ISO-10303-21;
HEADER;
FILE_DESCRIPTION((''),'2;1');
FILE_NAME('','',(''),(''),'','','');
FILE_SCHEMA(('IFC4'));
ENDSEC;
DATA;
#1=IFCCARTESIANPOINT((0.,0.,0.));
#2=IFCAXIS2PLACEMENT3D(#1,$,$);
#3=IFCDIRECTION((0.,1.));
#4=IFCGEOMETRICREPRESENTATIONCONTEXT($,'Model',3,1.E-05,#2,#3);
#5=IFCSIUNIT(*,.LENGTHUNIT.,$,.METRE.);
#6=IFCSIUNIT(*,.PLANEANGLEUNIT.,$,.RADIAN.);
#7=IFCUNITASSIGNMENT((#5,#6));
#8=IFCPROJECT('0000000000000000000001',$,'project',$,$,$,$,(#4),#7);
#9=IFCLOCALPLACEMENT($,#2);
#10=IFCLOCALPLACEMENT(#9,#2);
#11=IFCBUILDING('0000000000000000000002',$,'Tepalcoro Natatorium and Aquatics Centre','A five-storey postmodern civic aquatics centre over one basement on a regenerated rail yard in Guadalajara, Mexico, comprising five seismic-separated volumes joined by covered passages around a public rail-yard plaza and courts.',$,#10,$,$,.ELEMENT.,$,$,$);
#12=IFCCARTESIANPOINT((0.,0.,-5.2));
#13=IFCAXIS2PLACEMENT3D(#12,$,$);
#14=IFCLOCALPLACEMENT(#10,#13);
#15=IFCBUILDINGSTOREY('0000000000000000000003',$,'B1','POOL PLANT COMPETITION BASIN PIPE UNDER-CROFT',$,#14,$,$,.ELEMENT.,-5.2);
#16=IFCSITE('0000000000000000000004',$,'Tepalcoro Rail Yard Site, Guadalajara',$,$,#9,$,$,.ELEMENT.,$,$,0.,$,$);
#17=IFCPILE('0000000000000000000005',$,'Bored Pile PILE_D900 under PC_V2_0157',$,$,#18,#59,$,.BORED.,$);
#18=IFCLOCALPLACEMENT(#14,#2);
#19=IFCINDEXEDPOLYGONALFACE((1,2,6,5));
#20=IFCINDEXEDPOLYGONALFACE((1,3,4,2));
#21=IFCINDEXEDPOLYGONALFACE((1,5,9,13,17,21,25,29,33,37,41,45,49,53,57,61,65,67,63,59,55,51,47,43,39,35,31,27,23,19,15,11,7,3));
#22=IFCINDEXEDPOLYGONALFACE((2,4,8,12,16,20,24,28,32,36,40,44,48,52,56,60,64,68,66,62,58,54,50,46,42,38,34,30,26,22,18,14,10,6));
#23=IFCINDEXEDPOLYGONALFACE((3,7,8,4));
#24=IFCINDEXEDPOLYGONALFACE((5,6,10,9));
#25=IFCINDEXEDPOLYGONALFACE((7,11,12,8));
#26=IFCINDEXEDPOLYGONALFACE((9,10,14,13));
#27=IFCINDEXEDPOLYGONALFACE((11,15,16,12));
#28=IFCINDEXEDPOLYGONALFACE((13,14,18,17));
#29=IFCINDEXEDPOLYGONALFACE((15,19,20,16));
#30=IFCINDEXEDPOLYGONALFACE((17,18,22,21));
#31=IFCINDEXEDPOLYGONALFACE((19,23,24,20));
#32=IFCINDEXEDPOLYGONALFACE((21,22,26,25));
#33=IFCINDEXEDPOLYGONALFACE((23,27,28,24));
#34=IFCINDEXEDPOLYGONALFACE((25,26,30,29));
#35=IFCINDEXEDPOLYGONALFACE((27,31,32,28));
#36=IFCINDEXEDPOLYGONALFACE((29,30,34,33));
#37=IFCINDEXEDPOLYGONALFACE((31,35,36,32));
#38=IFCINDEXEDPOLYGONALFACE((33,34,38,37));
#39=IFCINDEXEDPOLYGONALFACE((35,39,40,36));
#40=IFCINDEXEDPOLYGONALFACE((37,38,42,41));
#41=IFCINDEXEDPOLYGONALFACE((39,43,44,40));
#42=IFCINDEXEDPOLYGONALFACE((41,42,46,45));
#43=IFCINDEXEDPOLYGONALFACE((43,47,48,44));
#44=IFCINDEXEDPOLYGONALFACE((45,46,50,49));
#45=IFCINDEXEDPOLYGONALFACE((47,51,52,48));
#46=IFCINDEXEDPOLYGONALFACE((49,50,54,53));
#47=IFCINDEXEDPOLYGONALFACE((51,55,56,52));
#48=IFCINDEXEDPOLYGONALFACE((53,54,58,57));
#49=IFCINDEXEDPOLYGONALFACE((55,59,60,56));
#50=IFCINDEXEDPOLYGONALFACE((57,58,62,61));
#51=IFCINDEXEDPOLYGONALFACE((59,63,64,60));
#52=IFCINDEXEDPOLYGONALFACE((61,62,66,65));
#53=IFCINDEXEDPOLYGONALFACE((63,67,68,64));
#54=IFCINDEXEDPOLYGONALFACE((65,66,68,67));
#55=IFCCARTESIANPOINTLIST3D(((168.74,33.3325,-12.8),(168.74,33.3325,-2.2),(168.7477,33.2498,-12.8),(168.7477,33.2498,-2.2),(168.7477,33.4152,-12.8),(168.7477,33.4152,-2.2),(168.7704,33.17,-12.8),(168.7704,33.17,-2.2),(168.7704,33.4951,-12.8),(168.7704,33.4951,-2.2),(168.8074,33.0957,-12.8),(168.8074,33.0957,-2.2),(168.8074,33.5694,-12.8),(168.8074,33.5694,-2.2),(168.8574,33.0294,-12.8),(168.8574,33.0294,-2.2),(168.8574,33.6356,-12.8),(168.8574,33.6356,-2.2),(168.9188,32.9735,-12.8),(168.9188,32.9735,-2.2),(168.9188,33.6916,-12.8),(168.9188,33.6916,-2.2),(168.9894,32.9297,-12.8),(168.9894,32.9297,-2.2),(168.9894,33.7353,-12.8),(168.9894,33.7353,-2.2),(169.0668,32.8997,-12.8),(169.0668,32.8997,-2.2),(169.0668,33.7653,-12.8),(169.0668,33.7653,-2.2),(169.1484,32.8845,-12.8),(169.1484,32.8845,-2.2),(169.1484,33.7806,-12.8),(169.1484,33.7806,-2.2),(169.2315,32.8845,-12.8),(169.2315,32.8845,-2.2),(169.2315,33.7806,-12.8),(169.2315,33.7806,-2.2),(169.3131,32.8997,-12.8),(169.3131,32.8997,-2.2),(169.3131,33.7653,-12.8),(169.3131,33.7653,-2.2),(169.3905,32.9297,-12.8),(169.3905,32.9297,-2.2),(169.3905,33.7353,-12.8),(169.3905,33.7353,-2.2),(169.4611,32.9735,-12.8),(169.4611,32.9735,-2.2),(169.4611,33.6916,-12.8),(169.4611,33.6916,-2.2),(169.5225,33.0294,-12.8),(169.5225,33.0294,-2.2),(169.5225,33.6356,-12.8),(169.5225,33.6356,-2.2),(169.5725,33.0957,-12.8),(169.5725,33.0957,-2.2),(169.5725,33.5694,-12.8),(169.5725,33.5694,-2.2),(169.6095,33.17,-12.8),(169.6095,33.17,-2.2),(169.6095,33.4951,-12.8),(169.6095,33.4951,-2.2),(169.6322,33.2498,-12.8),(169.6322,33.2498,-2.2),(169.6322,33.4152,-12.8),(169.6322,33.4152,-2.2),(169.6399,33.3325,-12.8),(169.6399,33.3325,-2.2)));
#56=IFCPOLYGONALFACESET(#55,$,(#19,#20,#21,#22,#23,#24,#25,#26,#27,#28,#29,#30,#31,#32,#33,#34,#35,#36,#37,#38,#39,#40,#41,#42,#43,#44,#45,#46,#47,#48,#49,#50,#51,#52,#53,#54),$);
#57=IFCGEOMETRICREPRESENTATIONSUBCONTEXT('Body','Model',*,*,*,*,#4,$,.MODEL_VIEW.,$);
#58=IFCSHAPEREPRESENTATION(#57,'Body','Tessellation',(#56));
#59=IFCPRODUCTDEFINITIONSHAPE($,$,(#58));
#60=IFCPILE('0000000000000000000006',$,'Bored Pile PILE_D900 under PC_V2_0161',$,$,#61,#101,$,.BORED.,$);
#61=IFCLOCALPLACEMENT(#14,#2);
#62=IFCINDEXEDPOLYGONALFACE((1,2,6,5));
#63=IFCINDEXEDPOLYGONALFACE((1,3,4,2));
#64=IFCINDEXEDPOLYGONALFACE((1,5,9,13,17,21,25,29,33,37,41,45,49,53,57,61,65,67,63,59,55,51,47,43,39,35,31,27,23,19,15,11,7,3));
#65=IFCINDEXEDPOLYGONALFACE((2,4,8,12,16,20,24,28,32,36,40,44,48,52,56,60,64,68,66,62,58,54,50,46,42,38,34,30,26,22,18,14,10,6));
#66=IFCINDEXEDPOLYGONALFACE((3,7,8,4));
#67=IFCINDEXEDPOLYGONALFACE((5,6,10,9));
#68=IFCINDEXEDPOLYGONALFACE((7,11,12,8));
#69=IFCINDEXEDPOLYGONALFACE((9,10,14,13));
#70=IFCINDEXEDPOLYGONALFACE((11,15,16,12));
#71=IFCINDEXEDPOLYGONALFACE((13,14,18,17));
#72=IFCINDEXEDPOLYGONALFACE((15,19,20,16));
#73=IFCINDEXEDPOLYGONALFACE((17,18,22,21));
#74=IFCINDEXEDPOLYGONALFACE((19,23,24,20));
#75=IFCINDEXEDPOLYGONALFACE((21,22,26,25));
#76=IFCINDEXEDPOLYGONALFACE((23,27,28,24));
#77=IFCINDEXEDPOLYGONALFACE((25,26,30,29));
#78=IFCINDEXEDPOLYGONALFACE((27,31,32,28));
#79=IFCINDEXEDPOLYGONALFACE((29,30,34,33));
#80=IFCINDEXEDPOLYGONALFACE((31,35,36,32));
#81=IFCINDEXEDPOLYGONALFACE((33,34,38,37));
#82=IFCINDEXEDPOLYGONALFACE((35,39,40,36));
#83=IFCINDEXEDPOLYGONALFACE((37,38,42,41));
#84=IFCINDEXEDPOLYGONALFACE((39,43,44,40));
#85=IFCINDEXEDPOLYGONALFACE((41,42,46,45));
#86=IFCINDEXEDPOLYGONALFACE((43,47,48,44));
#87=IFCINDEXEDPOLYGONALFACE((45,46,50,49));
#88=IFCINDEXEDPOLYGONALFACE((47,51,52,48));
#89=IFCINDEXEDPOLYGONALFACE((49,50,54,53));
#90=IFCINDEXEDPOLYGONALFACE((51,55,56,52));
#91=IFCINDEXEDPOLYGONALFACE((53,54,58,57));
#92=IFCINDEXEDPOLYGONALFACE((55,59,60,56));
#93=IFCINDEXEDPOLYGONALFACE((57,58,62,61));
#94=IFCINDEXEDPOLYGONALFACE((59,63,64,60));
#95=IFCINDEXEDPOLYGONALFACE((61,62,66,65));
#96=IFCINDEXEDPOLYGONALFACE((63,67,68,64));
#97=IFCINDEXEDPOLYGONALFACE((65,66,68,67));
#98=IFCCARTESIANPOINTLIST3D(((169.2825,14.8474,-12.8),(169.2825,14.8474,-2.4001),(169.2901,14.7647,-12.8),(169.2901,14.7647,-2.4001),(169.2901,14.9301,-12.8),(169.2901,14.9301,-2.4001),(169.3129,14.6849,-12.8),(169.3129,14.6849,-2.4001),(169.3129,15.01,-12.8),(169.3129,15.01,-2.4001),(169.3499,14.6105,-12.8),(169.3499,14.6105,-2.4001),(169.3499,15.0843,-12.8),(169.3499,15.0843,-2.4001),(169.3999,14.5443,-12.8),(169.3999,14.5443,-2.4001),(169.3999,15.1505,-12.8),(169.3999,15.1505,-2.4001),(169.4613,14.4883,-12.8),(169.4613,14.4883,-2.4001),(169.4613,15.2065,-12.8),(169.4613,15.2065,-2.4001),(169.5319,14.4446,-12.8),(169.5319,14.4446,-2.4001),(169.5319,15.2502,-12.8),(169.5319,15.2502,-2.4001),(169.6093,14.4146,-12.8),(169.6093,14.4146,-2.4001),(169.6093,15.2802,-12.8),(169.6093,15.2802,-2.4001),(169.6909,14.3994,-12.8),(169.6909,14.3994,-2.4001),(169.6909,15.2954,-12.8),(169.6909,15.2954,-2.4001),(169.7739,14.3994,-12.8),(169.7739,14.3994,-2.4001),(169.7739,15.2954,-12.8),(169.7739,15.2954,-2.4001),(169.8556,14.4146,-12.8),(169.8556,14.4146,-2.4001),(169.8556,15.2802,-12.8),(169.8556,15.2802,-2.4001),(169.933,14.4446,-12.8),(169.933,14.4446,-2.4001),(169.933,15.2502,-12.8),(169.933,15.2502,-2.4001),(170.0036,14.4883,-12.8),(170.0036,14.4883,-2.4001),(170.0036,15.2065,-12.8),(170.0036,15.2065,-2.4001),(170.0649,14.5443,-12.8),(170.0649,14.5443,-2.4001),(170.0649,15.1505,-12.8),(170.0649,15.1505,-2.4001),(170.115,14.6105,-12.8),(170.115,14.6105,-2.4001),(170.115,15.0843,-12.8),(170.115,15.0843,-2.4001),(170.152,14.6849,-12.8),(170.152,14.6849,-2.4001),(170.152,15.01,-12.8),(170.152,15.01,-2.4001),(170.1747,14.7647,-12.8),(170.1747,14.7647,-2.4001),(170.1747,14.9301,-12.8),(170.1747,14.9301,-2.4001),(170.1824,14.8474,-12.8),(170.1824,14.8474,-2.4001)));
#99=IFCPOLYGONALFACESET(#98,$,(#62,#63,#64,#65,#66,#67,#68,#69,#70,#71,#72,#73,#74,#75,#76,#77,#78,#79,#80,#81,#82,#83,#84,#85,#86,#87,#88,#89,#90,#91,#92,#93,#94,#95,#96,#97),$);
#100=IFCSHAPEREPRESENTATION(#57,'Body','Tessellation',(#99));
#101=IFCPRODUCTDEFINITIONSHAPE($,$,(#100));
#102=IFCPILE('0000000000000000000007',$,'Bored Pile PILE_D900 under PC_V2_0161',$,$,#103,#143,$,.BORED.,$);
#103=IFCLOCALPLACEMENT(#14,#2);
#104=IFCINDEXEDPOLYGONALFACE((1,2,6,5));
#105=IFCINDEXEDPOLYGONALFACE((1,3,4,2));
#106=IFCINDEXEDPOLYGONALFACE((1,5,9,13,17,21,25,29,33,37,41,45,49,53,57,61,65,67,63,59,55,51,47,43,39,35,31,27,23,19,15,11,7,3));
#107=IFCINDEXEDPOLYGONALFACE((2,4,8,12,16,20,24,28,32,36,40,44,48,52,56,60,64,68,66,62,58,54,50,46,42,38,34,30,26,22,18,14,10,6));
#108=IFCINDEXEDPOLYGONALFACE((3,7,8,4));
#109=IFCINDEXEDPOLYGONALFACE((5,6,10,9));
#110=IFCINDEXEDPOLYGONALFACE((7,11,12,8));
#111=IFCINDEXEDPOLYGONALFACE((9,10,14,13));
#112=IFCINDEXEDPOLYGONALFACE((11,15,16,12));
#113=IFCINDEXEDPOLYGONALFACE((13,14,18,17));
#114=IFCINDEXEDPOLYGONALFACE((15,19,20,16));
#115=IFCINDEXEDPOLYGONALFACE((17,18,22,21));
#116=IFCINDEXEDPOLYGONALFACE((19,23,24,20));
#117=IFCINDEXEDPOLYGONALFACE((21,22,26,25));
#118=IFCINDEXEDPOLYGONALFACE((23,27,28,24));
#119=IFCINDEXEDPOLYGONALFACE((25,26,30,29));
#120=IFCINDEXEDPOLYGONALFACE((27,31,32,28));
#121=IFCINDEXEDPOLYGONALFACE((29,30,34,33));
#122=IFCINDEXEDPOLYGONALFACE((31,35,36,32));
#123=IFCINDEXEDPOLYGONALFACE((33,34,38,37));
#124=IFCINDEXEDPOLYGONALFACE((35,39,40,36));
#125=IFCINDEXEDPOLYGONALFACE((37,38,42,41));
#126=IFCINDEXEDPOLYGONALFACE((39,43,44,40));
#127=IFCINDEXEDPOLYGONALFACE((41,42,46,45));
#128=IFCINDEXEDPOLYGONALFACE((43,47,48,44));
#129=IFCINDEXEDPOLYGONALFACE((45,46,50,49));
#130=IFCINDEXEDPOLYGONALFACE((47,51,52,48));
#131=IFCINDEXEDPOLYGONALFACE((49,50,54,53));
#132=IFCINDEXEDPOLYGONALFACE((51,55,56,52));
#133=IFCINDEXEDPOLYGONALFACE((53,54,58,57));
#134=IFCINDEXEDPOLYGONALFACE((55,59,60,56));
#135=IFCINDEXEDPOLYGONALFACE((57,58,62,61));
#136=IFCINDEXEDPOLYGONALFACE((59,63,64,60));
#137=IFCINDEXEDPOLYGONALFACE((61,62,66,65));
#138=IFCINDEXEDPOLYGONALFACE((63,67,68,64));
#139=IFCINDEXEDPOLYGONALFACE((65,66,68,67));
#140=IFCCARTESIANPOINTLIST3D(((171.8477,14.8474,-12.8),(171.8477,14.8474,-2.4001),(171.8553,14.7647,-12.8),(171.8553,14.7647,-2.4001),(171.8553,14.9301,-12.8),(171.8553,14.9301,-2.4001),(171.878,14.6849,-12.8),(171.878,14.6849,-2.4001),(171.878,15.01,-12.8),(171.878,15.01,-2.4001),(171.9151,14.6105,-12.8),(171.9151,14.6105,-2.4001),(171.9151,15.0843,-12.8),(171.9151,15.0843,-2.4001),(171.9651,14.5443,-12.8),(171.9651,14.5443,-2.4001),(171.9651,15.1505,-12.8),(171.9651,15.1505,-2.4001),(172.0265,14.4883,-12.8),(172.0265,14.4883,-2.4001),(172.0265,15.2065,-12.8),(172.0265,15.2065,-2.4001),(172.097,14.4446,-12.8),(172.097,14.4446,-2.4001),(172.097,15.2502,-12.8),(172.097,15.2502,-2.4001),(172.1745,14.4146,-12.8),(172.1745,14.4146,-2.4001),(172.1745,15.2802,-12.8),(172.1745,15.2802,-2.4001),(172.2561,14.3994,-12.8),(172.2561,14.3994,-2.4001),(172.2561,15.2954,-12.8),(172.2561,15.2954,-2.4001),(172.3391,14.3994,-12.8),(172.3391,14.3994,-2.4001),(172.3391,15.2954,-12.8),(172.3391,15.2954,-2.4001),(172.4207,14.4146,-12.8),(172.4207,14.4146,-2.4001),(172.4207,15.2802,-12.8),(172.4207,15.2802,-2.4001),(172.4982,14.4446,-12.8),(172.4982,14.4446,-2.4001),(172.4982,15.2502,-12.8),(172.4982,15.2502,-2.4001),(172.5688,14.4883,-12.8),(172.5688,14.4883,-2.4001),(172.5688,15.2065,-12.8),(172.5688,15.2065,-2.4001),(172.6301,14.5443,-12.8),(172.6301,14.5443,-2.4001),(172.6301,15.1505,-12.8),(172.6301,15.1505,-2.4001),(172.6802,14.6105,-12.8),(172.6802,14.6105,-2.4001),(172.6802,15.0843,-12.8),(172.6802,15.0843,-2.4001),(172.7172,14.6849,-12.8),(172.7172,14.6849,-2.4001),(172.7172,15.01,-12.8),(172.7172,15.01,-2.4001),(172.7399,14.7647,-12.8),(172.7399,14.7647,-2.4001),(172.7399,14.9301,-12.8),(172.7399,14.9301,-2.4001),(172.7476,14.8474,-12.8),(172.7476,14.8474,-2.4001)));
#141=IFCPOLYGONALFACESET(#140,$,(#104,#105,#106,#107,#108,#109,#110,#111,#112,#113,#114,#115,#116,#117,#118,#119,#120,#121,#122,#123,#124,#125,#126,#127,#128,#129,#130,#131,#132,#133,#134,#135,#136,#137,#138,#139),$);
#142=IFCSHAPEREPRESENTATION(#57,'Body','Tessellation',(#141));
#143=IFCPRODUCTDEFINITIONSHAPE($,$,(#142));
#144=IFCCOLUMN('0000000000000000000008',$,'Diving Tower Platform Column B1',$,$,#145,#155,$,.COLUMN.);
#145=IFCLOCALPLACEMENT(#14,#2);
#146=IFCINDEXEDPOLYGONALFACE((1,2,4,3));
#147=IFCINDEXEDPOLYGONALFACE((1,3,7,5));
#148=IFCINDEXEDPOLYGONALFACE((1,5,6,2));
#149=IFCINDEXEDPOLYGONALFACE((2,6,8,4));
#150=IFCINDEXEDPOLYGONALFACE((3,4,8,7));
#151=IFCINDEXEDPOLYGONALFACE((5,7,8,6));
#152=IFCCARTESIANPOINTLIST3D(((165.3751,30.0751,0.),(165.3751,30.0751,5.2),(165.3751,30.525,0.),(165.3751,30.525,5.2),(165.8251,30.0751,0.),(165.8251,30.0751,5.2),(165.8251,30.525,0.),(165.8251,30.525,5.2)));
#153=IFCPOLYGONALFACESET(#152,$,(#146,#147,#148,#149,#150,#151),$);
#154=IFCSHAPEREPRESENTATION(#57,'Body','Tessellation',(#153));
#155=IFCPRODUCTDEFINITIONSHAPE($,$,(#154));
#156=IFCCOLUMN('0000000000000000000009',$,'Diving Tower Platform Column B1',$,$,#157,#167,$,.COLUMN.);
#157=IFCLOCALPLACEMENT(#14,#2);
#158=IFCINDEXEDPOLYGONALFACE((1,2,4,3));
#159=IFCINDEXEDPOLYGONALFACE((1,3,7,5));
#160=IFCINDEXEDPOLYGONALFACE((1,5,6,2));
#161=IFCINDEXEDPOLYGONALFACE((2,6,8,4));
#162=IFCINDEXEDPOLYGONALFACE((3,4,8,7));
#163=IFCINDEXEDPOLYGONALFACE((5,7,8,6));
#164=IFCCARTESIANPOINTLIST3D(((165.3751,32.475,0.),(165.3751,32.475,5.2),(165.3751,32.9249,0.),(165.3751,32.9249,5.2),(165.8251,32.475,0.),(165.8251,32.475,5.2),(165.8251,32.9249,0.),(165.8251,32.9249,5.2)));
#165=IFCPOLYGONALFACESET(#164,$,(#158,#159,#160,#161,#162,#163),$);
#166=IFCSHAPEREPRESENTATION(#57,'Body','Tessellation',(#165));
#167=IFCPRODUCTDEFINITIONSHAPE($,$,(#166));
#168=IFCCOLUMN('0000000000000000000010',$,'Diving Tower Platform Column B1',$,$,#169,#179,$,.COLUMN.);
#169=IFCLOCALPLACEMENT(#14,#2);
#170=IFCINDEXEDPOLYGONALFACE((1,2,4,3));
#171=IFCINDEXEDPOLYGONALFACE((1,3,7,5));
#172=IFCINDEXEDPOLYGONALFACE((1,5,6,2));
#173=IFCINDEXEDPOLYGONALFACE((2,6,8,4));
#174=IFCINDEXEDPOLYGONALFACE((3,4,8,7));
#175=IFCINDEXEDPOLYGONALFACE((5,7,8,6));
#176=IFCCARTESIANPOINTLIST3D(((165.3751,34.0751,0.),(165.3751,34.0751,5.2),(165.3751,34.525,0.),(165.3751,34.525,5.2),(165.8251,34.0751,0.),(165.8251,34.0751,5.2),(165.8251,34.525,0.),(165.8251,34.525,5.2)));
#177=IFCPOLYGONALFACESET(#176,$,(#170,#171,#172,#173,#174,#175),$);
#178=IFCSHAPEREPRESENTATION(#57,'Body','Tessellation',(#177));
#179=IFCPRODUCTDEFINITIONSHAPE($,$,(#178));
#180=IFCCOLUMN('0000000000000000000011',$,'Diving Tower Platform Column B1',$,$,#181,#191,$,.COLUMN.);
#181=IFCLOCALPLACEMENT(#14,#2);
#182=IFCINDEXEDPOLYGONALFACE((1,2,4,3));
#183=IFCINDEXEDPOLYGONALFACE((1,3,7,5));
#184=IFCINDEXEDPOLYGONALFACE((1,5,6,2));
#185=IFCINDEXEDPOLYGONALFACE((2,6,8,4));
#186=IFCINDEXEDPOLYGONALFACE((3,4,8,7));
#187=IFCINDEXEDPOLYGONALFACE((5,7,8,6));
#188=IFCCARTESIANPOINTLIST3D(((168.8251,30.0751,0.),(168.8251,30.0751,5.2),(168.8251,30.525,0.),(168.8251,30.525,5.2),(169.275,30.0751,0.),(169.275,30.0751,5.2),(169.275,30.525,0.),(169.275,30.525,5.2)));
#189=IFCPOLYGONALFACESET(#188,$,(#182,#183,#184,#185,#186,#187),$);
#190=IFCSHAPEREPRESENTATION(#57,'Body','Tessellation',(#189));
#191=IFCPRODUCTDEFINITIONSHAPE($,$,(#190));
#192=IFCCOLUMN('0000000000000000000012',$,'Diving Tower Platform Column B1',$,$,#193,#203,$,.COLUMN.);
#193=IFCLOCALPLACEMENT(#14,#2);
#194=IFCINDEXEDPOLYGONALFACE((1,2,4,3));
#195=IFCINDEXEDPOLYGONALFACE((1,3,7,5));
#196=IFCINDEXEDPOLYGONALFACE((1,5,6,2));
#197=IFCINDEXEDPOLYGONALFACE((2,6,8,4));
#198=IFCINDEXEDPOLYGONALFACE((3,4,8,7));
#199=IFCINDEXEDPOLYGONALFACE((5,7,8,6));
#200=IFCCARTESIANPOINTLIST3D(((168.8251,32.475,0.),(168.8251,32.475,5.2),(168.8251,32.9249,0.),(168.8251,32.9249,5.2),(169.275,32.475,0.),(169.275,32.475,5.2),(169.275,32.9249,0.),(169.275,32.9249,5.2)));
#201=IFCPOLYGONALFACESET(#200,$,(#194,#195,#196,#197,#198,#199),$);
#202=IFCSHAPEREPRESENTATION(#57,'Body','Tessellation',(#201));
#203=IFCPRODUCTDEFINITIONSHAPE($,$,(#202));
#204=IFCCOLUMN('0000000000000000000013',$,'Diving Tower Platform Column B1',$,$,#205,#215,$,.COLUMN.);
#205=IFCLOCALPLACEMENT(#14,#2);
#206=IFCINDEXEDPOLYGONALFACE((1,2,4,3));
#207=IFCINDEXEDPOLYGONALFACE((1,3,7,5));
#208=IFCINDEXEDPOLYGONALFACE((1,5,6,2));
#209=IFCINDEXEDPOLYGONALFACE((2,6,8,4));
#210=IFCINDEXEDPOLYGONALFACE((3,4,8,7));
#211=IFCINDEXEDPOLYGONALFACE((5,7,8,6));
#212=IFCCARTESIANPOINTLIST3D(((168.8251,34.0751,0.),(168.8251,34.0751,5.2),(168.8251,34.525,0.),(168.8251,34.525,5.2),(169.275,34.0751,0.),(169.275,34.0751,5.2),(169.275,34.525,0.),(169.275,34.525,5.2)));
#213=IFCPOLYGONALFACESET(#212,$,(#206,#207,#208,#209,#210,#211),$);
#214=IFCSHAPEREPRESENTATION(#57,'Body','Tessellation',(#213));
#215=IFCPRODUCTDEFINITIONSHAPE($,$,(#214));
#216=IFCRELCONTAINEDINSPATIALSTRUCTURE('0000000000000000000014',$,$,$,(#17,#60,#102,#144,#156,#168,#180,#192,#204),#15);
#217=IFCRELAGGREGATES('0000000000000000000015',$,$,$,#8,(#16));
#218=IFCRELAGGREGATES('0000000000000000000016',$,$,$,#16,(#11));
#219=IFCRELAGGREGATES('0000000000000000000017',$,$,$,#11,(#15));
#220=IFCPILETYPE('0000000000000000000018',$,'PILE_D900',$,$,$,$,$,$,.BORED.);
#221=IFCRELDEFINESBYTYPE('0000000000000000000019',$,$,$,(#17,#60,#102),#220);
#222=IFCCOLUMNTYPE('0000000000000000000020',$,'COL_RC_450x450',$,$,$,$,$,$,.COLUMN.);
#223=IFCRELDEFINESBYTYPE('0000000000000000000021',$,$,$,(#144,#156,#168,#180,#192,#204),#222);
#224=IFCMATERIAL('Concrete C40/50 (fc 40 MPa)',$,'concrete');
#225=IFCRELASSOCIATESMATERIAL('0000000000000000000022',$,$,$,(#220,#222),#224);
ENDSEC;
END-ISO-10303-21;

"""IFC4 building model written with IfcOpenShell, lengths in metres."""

from ifc_helpers import new_model, si_unit, direction, frame, origin, origin_2d, place, context, subcontext, project, spatial, rectangle, circle, extrude, material, material_profile, profile_set, type_object, element, save


model = new_model("IFC4")

# Units and contexts
model_context = context("Model", 3, precision=1e-05, world=origin(), true_north=direction((0.0, 1.0)))
body_context = subcontext(model_context, "Body", "Model", "MODEL_VIEW")
ifc_project = project(units=[si_unit("LENGTHUNIT", "METRE"), si_unit("PLANEANGLEUNIT", "RADIAN")], contexts=[model_context])

# Site, building, storey
site_placement = place(None, origin())
site = spatial("IfcSite", under=ifc_project, at=site_placement, Name="Tepalcoro Rail Yard Site, Guadalajara", CompositionType="ELEMENT", RefElevation=0.0)
building_placement = place(site_placement, origin())
building = spatial("IfcBuilding", under=site, at=building_placement, Name="Tepalcoro Natatorium and Aquatics Centre", Description="A five-storey postmodern civic aquatics centre over one basement on a regenerated rail yard in Guadalajara, Mexico, comprising five seismic-separated volumes joined by covered passages around a public rail-yard plaza and courts.", CompositionType="ELEMENT")
storey_placement = place(building_placement, frame((0.0, 0.0, -5.2)))
storey = spatial("IfcBuildingStorey", under=building, at=storey_placement, Name="B1", Description="POOL PLANT COMPETITION BASIN PIPE UNDER-CROFT", CompositionType="ELEMENT", Elevation=-5.2)

# Piles
ifc_material_1 = material(Name="Concrete C40/50 (fc 40 MPa)", Category="concrete")
ifc_material_profile_1 = material_profile(ifc_material_1, circle(Radius=0.45, at=origin_2d()), Name="PILE_D900")
ifc_profile_set_1 = profile_set([ifc_material_profile_1], Name="Concrete C40/50 (fc 40 MPa)")
pile_type_1 = type_object("IfcPileType", Name="PILE_D900", PredefinedType="BORED", material=ifc_profile_set_1)
for number, where, z_axis, x_axis, name in (
    (1, (169.1899, 33.3325, -2.2), (0.0, 0.0, -1.0), (1.0, 0.0, 0.0), "Bored Pile PILE_D900 under PC_V2_0157"),
):
    element("IfcPile", number, at=place(storey_placement, frame(where, z_axis=z_axis, x_axis=x_axis)), inside=storey, type_object=pile_type_1, Name=name, PredefinedType="BORED", context=body_context, shape_type="SweptSolid", body=[
        extrude(circle(Radius=0.45, at=origin_2d()), origin(), (0.0, 0.0, 1.0), 10.6001),
    ])
for number, where, z_axis, x_axis, name in (
    (2, (169.7324, 14.8474, -2.4001), (0.0, 0.0, -1.0), (1.0, 0.0, 0.0), "Bored Pile PILE_D900 under PC_V2_0161"),
    (3, (172.2976, 14.8474, -2.4001), (0.0, 0.0, -1.0), (1.0, 0.0, 0.0), "Bored Pile PILE_D900 under PC_V2_0161"),
):
    element("IfcPile", number, at=place(storey_placement, frame(where, z_axis=z_axis, x_axis=x_axis)), inside=storey, type_object=pile_type_1, Name=name, PredefinedType="BORED", context=body_context, shape_type="SweptSolid", body=[
        extrude(circle(Radius=0.45, at=origin_2d()), origin(), (0.0, 0.0, 1.0), 10.3999),
    ])

# Columns
ifc_material_profile_2 = material_profile(ifc_material_1, rectangle(XDim=0.45, YDim=0.45, at=origin_2d()), Name="RC450x450")
ifc_profile_set_2 = profile_set([ifc_material_profile_2], Name="Concrete C40/50 (fc 40 MPa)")
column_type_1 = type_object("IfcColumnType", Name="COL_RC_450x450", PredefinedType="COLUMN", material=ifc_profile_set_2)
for number, where, z_axis, x_axis, name in (
    (4, (165.6001, 30.3, 0.0), (0.0, 0.0, 1.0), (1.0, 0.0, 0.0), "Diving Tower Platform Column B1"),
    (5, (165.6001, 32.7, 0.0), (0.0, 0.0, 1.0), (1.0, 0.0, 0.0), "Diving Tower Platform Column B1"),
    (6, (165.6001, 34.3, 0.0), (0.0, 0.0, 1.0), (1.0, 0.0, 0.0), "Diving Tower Platform Column B1"),
    (7, (169.05, 30.3, 0.0), (0.0, 0.0, 1.0), (1.0, 0.0, 0.0), "Diving Tower Platform Column B1"),
    (8, (169.05, 32.7, 0.0), (0.0, 0.0, 1.0), (1.0, 0.0, 0.0), "Diving Tower Platform Column B1"),
    (9, (169.05, 34.3, 0.0), (0.0, 0.0, 1.0), (1.0, 0.0, 0.0), "Diving Tower Platform Column B1"),
):
    element("IfcColumn", number, at=place(storey_placement, frame(where, z_axis=z_axis, x_axis=x_axis)), inside=storey, type_object=column_type_1, Name=name, PredefinedType="COLUMN", context=body_context, shape_type="SweptSolid", body=[
        extrude(rectangle(XDim=0.45, YDim=0.45, at=origin_2d()), origin(), (0.0, 0.0, 1.0), 5.2),
    ])

save(model, "model.ifc")
